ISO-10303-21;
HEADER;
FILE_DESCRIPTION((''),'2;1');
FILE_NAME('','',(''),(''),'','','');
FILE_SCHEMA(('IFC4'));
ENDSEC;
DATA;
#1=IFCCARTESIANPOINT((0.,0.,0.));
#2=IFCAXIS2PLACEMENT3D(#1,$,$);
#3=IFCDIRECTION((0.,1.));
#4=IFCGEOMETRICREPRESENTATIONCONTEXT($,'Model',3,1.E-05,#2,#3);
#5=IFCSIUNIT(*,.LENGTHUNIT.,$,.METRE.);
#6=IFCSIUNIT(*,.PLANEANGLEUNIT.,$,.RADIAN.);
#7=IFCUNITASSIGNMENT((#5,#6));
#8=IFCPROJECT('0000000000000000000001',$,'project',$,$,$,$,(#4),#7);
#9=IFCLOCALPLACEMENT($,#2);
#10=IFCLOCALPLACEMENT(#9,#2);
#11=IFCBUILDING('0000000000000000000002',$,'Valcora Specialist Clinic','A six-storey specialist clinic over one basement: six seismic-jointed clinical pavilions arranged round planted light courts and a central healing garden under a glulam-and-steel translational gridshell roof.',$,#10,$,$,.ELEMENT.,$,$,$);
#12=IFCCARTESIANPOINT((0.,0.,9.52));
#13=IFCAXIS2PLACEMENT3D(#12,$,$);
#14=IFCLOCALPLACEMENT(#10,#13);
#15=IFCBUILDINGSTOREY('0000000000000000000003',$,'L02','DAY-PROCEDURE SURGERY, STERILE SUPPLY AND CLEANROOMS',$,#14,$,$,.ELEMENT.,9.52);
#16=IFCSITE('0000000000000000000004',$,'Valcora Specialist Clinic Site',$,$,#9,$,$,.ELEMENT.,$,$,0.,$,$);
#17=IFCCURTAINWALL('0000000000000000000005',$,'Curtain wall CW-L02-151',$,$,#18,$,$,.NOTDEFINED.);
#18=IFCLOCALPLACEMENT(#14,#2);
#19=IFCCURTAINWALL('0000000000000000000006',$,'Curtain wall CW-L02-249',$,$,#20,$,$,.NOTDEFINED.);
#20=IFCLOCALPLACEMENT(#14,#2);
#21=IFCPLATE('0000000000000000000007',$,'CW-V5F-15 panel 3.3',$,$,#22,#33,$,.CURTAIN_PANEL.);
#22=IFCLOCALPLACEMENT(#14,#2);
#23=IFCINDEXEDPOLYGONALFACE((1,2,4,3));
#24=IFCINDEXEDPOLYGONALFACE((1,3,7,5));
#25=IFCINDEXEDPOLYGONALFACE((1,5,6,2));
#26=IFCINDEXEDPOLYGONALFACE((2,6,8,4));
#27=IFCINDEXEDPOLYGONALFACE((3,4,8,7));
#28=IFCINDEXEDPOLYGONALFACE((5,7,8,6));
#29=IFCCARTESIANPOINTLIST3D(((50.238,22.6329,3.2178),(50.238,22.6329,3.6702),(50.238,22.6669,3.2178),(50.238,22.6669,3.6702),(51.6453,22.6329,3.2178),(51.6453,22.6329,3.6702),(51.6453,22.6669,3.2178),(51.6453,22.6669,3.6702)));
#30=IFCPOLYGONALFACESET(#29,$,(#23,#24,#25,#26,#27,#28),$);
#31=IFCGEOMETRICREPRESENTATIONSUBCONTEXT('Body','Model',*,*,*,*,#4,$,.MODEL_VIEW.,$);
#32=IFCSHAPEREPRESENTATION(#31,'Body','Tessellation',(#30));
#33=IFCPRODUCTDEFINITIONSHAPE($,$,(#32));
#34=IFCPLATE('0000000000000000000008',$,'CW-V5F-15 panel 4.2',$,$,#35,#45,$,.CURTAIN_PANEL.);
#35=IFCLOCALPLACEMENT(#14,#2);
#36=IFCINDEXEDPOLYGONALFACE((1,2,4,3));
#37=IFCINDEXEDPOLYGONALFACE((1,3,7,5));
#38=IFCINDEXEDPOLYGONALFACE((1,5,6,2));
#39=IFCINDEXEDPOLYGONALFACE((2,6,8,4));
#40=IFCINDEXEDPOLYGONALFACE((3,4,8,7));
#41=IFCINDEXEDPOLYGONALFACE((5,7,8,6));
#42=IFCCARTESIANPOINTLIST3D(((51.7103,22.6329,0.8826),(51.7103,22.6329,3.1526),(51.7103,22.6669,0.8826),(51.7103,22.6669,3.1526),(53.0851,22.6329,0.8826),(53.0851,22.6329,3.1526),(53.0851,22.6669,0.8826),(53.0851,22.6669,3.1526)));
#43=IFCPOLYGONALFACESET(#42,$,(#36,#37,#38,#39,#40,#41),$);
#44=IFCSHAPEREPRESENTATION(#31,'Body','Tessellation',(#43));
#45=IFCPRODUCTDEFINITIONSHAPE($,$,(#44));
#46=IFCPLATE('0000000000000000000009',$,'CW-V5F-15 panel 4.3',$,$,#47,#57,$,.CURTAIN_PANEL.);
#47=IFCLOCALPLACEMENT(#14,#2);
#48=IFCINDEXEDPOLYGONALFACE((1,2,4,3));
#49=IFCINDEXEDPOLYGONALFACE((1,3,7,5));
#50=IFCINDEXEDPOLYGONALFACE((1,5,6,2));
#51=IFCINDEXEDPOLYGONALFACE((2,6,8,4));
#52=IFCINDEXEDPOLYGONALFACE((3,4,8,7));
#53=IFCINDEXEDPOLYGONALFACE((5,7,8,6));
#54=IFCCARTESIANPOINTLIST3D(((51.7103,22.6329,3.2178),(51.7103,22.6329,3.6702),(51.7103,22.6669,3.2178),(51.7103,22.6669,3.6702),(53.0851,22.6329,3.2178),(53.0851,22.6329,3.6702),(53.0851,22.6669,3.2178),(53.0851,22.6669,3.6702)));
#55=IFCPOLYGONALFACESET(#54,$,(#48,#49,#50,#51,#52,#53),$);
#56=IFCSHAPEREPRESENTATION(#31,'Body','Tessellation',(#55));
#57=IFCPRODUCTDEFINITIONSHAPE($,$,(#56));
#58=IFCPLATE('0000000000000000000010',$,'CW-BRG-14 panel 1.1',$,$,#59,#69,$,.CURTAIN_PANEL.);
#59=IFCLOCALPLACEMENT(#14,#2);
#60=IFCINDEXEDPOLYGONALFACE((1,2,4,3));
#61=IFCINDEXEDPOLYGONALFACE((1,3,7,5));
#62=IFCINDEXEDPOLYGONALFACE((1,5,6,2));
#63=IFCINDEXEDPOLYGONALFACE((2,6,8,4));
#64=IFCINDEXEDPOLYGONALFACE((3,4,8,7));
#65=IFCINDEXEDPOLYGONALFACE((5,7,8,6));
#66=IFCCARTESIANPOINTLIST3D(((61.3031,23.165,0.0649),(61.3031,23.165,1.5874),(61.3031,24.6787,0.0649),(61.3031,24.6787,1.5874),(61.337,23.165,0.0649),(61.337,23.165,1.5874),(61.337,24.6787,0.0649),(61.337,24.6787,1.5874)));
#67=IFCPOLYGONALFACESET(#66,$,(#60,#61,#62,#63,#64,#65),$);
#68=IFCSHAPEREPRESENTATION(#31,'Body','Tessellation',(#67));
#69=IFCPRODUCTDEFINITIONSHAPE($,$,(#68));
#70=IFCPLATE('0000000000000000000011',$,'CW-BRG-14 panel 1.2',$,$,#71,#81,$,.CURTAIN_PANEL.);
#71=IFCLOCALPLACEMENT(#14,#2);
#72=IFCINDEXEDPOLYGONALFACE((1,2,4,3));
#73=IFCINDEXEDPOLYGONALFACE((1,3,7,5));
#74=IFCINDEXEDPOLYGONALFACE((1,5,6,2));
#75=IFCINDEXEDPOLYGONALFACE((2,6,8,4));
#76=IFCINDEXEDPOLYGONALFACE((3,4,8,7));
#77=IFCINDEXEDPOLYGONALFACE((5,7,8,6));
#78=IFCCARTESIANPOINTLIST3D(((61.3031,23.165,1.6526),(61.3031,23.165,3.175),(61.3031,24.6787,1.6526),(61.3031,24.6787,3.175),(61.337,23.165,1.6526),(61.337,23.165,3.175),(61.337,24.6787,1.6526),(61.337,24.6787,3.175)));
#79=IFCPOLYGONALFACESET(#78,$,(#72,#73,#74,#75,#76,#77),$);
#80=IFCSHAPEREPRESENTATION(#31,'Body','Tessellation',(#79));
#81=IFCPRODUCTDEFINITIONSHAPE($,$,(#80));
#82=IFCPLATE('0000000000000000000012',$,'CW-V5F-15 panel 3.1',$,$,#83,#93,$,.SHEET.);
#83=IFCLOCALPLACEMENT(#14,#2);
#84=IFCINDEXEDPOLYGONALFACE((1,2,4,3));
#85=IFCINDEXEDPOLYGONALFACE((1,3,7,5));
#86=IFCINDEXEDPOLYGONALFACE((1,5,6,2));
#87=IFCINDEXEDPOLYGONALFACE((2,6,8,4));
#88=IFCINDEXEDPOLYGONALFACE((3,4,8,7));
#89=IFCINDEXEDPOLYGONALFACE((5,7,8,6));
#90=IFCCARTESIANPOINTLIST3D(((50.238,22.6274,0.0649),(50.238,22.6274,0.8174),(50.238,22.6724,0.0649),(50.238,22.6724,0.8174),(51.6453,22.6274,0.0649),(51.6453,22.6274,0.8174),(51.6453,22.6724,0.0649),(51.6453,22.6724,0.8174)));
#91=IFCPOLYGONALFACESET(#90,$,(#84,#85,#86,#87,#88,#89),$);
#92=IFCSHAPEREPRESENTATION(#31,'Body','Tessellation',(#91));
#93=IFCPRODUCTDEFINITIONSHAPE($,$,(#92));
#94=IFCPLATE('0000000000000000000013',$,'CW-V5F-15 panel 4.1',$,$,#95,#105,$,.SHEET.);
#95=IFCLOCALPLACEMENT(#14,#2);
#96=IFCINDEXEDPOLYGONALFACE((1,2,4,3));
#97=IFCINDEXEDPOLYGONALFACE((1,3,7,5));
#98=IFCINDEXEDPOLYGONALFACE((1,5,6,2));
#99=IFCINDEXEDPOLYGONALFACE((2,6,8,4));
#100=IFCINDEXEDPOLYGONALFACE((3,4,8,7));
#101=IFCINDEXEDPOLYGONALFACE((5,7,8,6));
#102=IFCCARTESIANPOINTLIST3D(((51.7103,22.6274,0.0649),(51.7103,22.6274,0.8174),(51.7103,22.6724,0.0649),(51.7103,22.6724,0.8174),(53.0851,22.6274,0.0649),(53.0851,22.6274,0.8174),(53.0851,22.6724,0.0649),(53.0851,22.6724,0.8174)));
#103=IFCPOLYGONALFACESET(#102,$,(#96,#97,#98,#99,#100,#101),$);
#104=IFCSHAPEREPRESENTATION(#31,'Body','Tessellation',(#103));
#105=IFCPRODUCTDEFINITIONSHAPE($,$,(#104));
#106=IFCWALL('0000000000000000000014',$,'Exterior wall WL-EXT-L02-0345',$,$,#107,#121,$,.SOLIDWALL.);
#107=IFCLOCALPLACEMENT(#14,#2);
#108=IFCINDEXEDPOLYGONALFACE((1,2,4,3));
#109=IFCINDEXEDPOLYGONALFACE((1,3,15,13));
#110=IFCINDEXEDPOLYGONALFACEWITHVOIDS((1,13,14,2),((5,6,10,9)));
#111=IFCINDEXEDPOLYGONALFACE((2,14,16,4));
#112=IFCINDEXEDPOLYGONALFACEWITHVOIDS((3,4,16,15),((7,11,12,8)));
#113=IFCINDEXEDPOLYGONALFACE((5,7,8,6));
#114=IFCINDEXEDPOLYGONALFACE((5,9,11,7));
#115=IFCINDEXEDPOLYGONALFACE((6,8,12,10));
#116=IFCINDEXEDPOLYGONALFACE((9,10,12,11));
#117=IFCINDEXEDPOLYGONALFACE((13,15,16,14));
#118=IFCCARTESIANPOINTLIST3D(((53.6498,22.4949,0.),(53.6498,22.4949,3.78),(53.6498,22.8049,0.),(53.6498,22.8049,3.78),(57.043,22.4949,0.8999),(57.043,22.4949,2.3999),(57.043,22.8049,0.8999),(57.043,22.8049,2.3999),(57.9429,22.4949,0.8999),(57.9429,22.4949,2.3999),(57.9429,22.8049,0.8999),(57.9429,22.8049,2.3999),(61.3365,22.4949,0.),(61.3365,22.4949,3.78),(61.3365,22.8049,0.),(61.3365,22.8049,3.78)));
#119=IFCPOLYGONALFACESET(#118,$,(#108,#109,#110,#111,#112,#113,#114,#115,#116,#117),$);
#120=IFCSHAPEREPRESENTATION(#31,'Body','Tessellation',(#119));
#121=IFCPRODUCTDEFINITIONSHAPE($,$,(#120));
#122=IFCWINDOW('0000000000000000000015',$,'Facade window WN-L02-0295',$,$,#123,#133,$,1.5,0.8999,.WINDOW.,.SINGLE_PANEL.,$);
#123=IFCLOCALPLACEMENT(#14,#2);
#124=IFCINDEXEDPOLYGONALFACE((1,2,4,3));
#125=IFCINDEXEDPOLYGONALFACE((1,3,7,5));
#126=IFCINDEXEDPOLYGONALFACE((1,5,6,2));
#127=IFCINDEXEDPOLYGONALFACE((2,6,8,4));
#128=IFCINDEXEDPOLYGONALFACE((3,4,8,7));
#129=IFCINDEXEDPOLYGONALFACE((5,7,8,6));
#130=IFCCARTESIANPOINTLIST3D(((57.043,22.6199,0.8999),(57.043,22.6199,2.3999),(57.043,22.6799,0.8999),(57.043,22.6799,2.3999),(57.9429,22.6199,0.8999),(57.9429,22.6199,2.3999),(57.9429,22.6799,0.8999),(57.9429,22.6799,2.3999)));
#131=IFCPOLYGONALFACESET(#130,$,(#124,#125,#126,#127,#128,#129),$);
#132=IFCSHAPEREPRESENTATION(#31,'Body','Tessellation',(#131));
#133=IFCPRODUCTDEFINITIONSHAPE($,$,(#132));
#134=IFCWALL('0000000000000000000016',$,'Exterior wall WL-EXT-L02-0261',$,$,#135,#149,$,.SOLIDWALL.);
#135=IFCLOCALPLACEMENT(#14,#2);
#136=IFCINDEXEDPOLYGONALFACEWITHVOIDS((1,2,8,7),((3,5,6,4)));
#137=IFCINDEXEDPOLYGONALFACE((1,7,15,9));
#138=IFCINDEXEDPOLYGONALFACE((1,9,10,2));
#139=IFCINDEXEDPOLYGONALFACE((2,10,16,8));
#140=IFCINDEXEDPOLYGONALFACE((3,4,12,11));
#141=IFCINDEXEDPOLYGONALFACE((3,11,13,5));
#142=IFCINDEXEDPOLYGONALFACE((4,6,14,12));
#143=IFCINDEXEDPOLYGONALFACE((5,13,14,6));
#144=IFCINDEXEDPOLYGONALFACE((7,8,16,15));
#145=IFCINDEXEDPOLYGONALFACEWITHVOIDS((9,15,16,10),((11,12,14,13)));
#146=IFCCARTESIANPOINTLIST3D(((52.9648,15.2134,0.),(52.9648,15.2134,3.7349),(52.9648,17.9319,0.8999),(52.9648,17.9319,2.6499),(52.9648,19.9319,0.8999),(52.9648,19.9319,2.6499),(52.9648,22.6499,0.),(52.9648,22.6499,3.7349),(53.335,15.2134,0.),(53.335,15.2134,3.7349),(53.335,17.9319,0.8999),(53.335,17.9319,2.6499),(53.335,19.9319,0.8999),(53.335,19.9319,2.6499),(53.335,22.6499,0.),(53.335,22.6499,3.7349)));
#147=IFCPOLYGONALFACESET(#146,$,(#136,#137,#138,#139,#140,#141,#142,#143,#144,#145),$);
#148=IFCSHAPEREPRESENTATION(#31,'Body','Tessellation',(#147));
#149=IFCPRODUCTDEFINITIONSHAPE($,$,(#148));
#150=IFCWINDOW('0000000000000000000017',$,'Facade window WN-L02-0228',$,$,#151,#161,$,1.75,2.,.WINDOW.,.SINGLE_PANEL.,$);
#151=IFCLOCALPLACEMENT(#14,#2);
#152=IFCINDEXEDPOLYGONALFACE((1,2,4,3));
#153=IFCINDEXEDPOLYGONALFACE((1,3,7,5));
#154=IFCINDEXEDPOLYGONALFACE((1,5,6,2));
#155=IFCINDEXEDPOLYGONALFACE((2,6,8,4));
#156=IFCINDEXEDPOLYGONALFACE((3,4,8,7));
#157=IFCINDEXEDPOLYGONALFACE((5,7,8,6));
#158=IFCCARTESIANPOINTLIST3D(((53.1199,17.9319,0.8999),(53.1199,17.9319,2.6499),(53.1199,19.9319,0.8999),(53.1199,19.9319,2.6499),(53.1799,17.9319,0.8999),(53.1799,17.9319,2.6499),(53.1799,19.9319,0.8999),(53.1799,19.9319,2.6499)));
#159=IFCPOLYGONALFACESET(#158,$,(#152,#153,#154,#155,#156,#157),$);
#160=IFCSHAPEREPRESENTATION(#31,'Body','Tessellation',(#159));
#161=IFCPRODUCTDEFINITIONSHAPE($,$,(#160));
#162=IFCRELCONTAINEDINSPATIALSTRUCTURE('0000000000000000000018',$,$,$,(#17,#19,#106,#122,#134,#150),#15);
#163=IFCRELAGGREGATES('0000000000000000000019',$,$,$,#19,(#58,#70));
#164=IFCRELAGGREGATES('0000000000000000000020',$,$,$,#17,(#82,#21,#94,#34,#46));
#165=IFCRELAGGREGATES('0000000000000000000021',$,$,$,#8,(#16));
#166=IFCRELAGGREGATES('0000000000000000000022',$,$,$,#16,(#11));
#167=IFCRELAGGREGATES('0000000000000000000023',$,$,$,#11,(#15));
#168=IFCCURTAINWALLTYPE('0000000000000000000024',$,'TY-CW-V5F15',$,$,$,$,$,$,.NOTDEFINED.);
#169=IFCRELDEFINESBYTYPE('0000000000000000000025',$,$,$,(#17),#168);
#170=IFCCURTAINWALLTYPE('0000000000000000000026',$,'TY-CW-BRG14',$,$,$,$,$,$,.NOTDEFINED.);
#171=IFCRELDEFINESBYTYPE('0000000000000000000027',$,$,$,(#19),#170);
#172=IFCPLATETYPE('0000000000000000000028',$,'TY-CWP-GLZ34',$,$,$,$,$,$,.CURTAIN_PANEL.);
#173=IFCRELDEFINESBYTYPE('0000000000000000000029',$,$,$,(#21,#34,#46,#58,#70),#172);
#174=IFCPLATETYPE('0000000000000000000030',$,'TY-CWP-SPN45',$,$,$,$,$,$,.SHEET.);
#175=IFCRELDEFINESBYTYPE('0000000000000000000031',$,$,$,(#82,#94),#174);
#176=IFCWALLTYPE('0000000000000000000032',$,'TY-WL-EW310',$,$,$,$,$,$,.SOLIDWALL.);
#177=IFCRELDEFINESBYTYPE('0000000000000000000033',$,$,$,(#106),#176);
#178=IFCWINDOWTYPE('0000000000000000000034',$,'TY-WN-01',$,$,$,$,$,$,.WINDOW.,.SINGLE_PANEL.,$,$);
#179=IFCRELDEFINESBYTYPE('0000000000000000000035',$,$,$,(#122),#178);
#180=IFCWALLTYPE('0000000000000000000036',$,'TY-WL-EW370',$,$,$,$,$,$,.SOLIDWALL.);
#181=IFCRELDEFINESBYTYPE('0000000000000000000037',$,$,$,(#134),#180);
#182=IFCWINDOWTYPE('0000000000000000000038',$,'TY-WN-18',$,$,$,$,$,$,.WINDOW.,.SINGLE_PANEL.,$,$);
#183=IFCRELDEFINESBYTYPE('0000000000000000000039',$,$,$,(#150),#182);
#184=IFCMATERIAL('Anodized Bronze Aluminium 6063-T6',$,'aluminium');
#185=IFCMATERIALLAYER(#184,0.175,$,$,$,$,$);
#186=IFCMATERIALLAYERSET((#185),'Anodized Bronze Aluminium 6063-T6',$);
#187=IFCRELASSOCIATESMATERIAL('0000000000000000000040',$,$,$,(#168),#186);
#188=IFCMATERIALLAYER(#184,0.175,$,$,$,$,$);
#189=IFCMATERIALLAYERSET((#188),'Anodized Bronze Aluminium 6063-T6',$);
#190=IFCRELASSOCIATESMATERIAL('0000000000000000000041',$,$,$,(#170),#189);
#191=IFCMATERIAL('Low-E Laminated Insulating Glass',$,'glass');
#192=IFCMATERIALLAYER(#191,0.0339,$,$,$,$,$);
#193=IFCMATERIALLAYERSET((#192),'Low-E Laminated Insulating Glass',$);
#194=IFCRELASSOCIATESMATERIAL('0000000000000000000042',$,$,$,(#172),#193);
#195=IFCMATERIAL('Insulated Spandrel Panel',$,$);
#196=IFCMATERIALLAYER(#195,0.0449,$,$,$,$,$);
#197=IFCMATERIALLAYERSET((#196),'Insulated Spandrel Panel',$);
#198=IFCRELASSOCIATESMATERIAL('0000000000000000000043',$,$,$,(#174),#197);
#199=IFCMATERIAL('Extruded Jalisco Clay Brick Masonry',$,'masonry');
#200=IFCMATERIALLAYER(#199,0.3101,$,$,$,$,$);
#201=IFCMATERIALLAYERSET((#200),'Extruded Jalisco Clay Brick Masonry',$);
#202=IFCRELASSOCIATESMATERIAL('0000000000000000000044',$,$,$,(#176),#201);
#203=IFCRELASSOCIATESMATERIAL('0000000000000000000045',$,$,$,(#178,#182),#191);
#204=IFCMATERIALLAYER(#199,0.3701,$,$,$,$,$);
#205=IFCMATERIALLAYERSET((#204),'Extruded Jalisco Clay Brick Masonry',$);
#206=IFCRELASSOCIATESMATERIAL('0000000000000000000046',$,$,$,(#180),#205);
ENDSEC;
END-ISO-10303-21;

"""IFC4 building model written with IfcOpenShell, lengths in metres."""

from ifc_helpers import new_model, si_unit, direction, frame, frame_2d, origin, origin_2d, place, context, subcontext, project, spatial, rectangle, extrude, material, layer, layer_set, type_object, element, fill, aggregate, save


model = new_model("IFC4")

# Units and contexts
model_context = context("Model", 3, precision=1e-05, world=origin(), true_north=direction((0.0, 1.0)))
body_context = subcontext(model_context, "Body", "Model", "MODEL_VIEW")
ifc_project = project(units=[si_unit("LENGTHUNIT", "METRE"), si_unit("PLANEANGLEUNIT", "RADIAN")], contexts=[model_context])

# Site, building, storey
site_placement = place(None, origin())
site = spatial("IfcSite", under=ifc_project, at=site_placement, Name="Valcora Specialist Clinic Site", CompositionType="ELEMENT", RefElevation=0.0)
building_placement = place(site_placement, origin())
building = spatial("IfcBuilding", under=site, at=building_placement, Name="Valcora Specialist Clinic", Description="A six-storey specialist clinic over one basement: six seismic-jointed clinical pavilions arranged round planted light courts and a central healing garden under a glulam-and-steel translational gridshell roof.", CompositionType="ELEMENT")
storey_placement = place(building_placement, frame((0.0, 0.0, 9.52)))
storey = spatial("IfcBuildingStorey", under=building, at=storey_placement, Name="L02", Description="DAY-PROCEDURE SURGERY, STERILE SUPPLY AND CLEANROOMS", CompositionType="ELEMENT", Elevation=9.52)

# Curtain walls
ifc_material_1 = material(Name="Anodized Bronze Aluminium 6063-T6", Category="aluminium")
ifc_layer_1 = layer(ifc_material_1, 0.175)
ifc_layer_set_1 = layer_set([ifc_layer_1], Name="Anodized Bronze Aluminium 6063-T6")
curtain_wall_type_1 = type_object("IfcCurtainWallType", Name="TY-CW-V5F15", PredefinedType="NOTDEFINED", material=ifc_layer_set_1)
curtain_wall_1_placement = place(storey_placement, origin())
curtain_wall_1 = element("IfcCurtainWall", 1, at=curtain_wall_1_placement, inside=storey, type_object=curtain_wall_type_1, Name="Curtain wall CW-L02-151", PredefinedType="NOTDEFINED")
ifc_layer_2 = layer(ifc_material_1, 0.175)
ifc_layer_set_2 = layer_set([ifc_layer_2], Name="Anodized Bronze Aluminium 6063-T6")
curtain_wall_type_2 = type_object("IfcCurtainWallType", Name="TY-CW-BRG14", PredefinedType="NOTDEFINED", material=ifc_layer_set_2)
curtain_wall_2_placement = place(storey_placement, origin())
curtain_wall_2 = element("IfcCurtainWall", 2, at=curtain_wall_2_placement, inside=storey, type_object=curtain_wall_type_2, Name="Curtain wall CW-L02-249", PredefinedType="NOTDEFINED")

# Plates
ifc_material_2 = material(Name="Low-E Laminated Insulating Glass", Category="glass")
ifc_layer_3 = layer(ifc_material_2, 0.0339)
ifc_layer_set_3 = layer_set([ifc_layer_3], Name="Low-E Laminated Insulating Glass")
plate_type_1 = type_object("IfcPlateType", Name="TY-CWP-GLZ34", PredefinedType="CURTAIN_PANEL", material=ifc_layer_set_3)
plate_1_placement = place(storey_placement, frame((50.9417, 22.6499, 3.2178), z_axis=(0.0, 0.0, 1.0), x_axis=(1.0, 0.0, 0.0)))
plate_1 = element("IfcPlate", 3, at=plate_1_placement, type_object=plate_type_1, Name="CW-V5F-15 panel 3.3", PredefinedType="CURTAIN_PANEL", context=body_context, shape_type="SweptSolid", body=[
    extrude(rectangle(XDim=1.4072, YDim=0.0339, at=origin_2d()), origin(), (0.0, 0.0, 1.0), 0.4524),
])
plate_2_placement = place(storey_placement, frame((52.3977, 22.6499, 0.8826), z_axis=(0.0, 0.0, 1.0), x_axis=(1.0, 0.0, 0.0)))
plate_2 = element("IfcPlate", 4, at=plate_2_placement, type_object=plate_type_1, Name="CW-V5F-15 panel 4.2", PredefinedType="CURTAIN_PANEL", context=body_context, shape_type="SweptSolid", body=[
    extrude(rectangle(XDim=1.3748, YDim=0.0339, at=origin_2d()), origin(), (0.0, 0.0, 1.0), 2.27),
])
plate_3_placement = place(storey_placement, frame((52.3977, 22.6499, 3.2178), z_axis=(0.0, 0.0, 1.0), x_axis=(1.0, 0.0, 0.0)))
plate_3 = element("IfcPlate", 5, at=plate_3_placement, type_object=plate_type_1, Name="CW-V5F-15 panel 4.3", PredefinedType="CURTAIN_PANEL", context=body_context, shape_type="SweptSolid", body=[
    extrude(rectangle(XDim=1.3748, YDim=0.0339, at=origin_2d()), origin(), (0.0, 0.0, 1.0), 0.4524),
])
plate_4_placement = place(storey_placement, frame((61.3201, 23.9219, 0.0649), z_axis=(0.0, 0.0, 1.0), x_axis=(0.0, 1.0, 0.0)))
plate_4 = element("IfcPlate", 6, at=plate_4_placement, type_object=plate_type_1, Name="CW-BRG-14 panel 1.1", PredefinedType="CURTAIN_PANEL", context=body_context, shape_type="SweptSolid", body=[
    extrude(rectangle(XDim=1.5137, YDim=0.0339, at=origin_2d()), origin(), (0.0, 0.0, 1.0), 1.5225),
])
plate_5_placement = place(storey_placement, frame((61.3201, 23.9219, 1.6526), z_axis=(0.0, 0.0, 1.0), x_axis=(0.0, 1.0, 0.0)))
plate_5 = element("IfcPlate", 7, at=plate_5_placement, type_object=plate_type_1, Name="CW-BRG-14 panel 1.2", PredefinedType="CURTAIN_PANEL", context=body_context, shape_type="SweptSolid", body=[
    extrude(rectangle(XDim=1.5137, YDim=0.0339, at=origin_2d()), origin(), (0.0, 0.0, 1.0), 1.5225),
])
aggregate(curtain_wall_2, [plate_4, plate_5])
ifc_material_3 = material(Name="Insulated Spandrel Panel")
ifc_layer_4 = layer(ifc_material_3, 0.0449)
ifc_layer_set_4 = layer_set([ifc_layer_4], Name="Insulated Spandrel Panel")
plate_type_2 = type_object("IfcPlateType", Name="TY-CWP-SPN45", PredefinedType="SHEET", material=ifc_layer_set_4)
plate_6_placement = place(storey_placement, frame((50.9417, 22.6499, 0.0649), z_axis=(0.0, 0.0, 1.0), x_axis=(1.0, 0.0, 0.0)))
plate_6 = element("IfcPlate", 8, at=plate_6_placement, type_object=plate_type_2, Name="CW-V5F-15 panel 3.1", PredefinedType="SHEET", context=body_context, shape_type="SweptSolid", body=[
    extrude(rectangle(XDim=1.4072, YDim=0.0449, at=origin_2d()), origin(), (0.0, 0.0, 1.0), 0.7524),
])
plate_7_placement = place(storey_placement, frame((52.3977, 22.6499, 0.0649), z_axis=(0.0, 0.0, 1.0), x_axis=(1.0, 0.0, 0.0)))
plate_7 = element("IfcPlate", 9, at=plate_7_placement, type_object=plate_type_2, Name="CW-V5F-15 panel 4.1", PredefinedType="SHEET", context=body_context, shape_type="SweptSolid", body=[
    extrude(rectangle(XDim=1.3748, YDim=0.0449, at=origin_2d()), origin(), (0.0, 0.0, 1.0), 0.7524),
])
aggregate(curtain_wall_1, [plate_6, plate_1, plate_7, plate_2, plate_3])

# Walls, openings, windows
ifc_material_4 = material(Name="Extruded Jalisco Clay Brick Masonry", Category="masonry")
ifc_layer_5 = layer(ifc_material_4, 0.3101)
ifc_layer_set_5 = layer_set([ifc_layer_5], Name="Extruded Jalisco Clay Brick Masonry")
wall_type_1 = type_object("IfcWallType", Name="TY-WL-EW310", PredefinedType="SOLIDWALL", material=ifc_layer_set_5)
wall_1_placement = place(storey_placement, frame((53.6499, 22.6499, 0.0), z_axis=(0.0, 0.0, 1.0), x_axis=(1.0, 0.0, 0.0)))
wall_1 = element("IfcWall", 10, at=wall_1_placement, inside=storey, type_object=wall_type_1, Name="Exterior wall WL-EXT-L02-0345", PredefinedType="SOLIDWALL", context=body_context, shape_type="SweptSolid", body=[
    extrude(rectangle(XDim=7.6868, YDim=0.3101, at=frame_2d((3.8433, 0.0))), origin(), (0.0, 0.0, 1.0), 3.78),
])
opening_1_placement = place(wall_1_placement, frame((3.3931, 0.0, 0.8999)))
opening_1 = element("IfcOpeningElement", 11, at=opening_1_placement, cuts=wall_1, PredefinedType="OPENING", context=body_context, shape_type="SweptSolid", body=[
    extrude(rectangle(XDim=0.8999, YDim=1.5, at=frame_2d((0.45, 0.75))), frame((0.0, 0.165, 0.0), z_axis=(0.0, -1.0, 0.0), x_axis=(1.0, 0.0, 0.0)), (0.0, 0.0, 1.0), 0.3301),
])
window_type_1 = type_object("IfcWindowType", Name="TY-WN-01", PartitioningType="SINGLE_PANEL", PredefinedType="WINDOW", material=ifc_material_2)
window_1_placement = place(opening_1_placement, origin())
window_1 = element("IfcWindow", 12, at=window_1_placement, inside=storey, type_object=window_type_1, Name="Facade window WN-L02-0295", OverallHeight=1.5, OverallWidth=0.8999, PartitioningType="SINGLE_PANEL", PredefinedType="WINDOW", context=body_context, shape_type="SweptSolid", body=[
    extrude(rectangle(XDim=0.8999, YDim=1.5, at=frame_2d((0.45, 0.75))), frame((0.0, 0.03, 0.0), z_axis=(0.0, -1.0, 0.0), x_axis=(1.0, 0.0, 0.0)), (0.0, 0.0, 1.0), 0.0601),
])
fill(opening_1, window_1)
ifc_layer_6 = layer(ifc_material_4, 0.3701)
ifc_layer_set_6 = layer_set([ifc_layer_6], Name="Extruded Jalisco Clay Brick Masonry")
wall_type_2 = type_object("IfcWallType", Name="TY-WL-EW370", PredefinedType="SOLIDWALL", material=ifc_layer_set_6)
wall_2_placement = place(storey_placement, frame((53.1499, 22.6499, 0.0), z_axis=(0.0, 0.0, 1.0), x_axis=(0.0, -1.0, 0.0)))
wall_2 = element("IfcWall", 13, at=wall_2_placement, inside=storey, type_object=wall_type_2, Name="Exterior wall WL-EXT-L02-0261", PredefinedType="SOLIDWALL", context=body_context, shape_type="SweptSolid", body=[
    extrude(rectangle(XDim=7.4365, YDim=0.3701, at=frame_2d((3.7183, 0.0))), origin(), (0.0, 0.0, 1.0), 3.7349),
])
opening_2_placement = place(wall_2_placement, frame((2.718, 0.0, 0.8999)))
opening_2 = element("IfcOpeningElement", 14, at=opening_2_placement, cuts=wall_2, PredefinedType="OPENING", context=body_context, shape_type="SweptSolid", body=[
    extrude(rectangle(XDim=2.0, YDim=1.75, at=frame_2d((1.0, 0.875))), frame((0.0, 0.1951, 0.0), z_axis=(0.0, -1.0, 0.0), x_axis=(1.0, 0.0, 0.0)), (0.0, 0.0, 1.0), 0.3901),
])
window_type_2 = type_object("IfcWindowType", Name="TY-WN-18", PartitioningType="SINGLE_PANEL", PredefinedType="WINDOW", material=ifc_material_2)
window_2_placement = place(opening_2_placement, origin())
window_2 = element("IfcWindow", 15, at=window_2_placement, inside=storey, type_object=window_type_2, Name="Facade window WN-L02-0228", OverallHeight=1.75, OverallWidth=2.0, PartitioningType="SINGLE_PANEL", PredefinedType="WINDOW", context=body_context, shape_type="SweptSolid", body=[
    extrude(rectangle(XDim=2.0, YDim=1.75, at=frame_2d((1.0, 0.875))), frame((0.0, 0.03, 0.0), z_axis=(0.0, -1.0, 0.0), x_axis=(1.0, 0.0, 0.0)), (0.0, 0.0, 1.0), 0.0601),
])
fill(opening_2, window_2)

save(model, "model.ifc")
